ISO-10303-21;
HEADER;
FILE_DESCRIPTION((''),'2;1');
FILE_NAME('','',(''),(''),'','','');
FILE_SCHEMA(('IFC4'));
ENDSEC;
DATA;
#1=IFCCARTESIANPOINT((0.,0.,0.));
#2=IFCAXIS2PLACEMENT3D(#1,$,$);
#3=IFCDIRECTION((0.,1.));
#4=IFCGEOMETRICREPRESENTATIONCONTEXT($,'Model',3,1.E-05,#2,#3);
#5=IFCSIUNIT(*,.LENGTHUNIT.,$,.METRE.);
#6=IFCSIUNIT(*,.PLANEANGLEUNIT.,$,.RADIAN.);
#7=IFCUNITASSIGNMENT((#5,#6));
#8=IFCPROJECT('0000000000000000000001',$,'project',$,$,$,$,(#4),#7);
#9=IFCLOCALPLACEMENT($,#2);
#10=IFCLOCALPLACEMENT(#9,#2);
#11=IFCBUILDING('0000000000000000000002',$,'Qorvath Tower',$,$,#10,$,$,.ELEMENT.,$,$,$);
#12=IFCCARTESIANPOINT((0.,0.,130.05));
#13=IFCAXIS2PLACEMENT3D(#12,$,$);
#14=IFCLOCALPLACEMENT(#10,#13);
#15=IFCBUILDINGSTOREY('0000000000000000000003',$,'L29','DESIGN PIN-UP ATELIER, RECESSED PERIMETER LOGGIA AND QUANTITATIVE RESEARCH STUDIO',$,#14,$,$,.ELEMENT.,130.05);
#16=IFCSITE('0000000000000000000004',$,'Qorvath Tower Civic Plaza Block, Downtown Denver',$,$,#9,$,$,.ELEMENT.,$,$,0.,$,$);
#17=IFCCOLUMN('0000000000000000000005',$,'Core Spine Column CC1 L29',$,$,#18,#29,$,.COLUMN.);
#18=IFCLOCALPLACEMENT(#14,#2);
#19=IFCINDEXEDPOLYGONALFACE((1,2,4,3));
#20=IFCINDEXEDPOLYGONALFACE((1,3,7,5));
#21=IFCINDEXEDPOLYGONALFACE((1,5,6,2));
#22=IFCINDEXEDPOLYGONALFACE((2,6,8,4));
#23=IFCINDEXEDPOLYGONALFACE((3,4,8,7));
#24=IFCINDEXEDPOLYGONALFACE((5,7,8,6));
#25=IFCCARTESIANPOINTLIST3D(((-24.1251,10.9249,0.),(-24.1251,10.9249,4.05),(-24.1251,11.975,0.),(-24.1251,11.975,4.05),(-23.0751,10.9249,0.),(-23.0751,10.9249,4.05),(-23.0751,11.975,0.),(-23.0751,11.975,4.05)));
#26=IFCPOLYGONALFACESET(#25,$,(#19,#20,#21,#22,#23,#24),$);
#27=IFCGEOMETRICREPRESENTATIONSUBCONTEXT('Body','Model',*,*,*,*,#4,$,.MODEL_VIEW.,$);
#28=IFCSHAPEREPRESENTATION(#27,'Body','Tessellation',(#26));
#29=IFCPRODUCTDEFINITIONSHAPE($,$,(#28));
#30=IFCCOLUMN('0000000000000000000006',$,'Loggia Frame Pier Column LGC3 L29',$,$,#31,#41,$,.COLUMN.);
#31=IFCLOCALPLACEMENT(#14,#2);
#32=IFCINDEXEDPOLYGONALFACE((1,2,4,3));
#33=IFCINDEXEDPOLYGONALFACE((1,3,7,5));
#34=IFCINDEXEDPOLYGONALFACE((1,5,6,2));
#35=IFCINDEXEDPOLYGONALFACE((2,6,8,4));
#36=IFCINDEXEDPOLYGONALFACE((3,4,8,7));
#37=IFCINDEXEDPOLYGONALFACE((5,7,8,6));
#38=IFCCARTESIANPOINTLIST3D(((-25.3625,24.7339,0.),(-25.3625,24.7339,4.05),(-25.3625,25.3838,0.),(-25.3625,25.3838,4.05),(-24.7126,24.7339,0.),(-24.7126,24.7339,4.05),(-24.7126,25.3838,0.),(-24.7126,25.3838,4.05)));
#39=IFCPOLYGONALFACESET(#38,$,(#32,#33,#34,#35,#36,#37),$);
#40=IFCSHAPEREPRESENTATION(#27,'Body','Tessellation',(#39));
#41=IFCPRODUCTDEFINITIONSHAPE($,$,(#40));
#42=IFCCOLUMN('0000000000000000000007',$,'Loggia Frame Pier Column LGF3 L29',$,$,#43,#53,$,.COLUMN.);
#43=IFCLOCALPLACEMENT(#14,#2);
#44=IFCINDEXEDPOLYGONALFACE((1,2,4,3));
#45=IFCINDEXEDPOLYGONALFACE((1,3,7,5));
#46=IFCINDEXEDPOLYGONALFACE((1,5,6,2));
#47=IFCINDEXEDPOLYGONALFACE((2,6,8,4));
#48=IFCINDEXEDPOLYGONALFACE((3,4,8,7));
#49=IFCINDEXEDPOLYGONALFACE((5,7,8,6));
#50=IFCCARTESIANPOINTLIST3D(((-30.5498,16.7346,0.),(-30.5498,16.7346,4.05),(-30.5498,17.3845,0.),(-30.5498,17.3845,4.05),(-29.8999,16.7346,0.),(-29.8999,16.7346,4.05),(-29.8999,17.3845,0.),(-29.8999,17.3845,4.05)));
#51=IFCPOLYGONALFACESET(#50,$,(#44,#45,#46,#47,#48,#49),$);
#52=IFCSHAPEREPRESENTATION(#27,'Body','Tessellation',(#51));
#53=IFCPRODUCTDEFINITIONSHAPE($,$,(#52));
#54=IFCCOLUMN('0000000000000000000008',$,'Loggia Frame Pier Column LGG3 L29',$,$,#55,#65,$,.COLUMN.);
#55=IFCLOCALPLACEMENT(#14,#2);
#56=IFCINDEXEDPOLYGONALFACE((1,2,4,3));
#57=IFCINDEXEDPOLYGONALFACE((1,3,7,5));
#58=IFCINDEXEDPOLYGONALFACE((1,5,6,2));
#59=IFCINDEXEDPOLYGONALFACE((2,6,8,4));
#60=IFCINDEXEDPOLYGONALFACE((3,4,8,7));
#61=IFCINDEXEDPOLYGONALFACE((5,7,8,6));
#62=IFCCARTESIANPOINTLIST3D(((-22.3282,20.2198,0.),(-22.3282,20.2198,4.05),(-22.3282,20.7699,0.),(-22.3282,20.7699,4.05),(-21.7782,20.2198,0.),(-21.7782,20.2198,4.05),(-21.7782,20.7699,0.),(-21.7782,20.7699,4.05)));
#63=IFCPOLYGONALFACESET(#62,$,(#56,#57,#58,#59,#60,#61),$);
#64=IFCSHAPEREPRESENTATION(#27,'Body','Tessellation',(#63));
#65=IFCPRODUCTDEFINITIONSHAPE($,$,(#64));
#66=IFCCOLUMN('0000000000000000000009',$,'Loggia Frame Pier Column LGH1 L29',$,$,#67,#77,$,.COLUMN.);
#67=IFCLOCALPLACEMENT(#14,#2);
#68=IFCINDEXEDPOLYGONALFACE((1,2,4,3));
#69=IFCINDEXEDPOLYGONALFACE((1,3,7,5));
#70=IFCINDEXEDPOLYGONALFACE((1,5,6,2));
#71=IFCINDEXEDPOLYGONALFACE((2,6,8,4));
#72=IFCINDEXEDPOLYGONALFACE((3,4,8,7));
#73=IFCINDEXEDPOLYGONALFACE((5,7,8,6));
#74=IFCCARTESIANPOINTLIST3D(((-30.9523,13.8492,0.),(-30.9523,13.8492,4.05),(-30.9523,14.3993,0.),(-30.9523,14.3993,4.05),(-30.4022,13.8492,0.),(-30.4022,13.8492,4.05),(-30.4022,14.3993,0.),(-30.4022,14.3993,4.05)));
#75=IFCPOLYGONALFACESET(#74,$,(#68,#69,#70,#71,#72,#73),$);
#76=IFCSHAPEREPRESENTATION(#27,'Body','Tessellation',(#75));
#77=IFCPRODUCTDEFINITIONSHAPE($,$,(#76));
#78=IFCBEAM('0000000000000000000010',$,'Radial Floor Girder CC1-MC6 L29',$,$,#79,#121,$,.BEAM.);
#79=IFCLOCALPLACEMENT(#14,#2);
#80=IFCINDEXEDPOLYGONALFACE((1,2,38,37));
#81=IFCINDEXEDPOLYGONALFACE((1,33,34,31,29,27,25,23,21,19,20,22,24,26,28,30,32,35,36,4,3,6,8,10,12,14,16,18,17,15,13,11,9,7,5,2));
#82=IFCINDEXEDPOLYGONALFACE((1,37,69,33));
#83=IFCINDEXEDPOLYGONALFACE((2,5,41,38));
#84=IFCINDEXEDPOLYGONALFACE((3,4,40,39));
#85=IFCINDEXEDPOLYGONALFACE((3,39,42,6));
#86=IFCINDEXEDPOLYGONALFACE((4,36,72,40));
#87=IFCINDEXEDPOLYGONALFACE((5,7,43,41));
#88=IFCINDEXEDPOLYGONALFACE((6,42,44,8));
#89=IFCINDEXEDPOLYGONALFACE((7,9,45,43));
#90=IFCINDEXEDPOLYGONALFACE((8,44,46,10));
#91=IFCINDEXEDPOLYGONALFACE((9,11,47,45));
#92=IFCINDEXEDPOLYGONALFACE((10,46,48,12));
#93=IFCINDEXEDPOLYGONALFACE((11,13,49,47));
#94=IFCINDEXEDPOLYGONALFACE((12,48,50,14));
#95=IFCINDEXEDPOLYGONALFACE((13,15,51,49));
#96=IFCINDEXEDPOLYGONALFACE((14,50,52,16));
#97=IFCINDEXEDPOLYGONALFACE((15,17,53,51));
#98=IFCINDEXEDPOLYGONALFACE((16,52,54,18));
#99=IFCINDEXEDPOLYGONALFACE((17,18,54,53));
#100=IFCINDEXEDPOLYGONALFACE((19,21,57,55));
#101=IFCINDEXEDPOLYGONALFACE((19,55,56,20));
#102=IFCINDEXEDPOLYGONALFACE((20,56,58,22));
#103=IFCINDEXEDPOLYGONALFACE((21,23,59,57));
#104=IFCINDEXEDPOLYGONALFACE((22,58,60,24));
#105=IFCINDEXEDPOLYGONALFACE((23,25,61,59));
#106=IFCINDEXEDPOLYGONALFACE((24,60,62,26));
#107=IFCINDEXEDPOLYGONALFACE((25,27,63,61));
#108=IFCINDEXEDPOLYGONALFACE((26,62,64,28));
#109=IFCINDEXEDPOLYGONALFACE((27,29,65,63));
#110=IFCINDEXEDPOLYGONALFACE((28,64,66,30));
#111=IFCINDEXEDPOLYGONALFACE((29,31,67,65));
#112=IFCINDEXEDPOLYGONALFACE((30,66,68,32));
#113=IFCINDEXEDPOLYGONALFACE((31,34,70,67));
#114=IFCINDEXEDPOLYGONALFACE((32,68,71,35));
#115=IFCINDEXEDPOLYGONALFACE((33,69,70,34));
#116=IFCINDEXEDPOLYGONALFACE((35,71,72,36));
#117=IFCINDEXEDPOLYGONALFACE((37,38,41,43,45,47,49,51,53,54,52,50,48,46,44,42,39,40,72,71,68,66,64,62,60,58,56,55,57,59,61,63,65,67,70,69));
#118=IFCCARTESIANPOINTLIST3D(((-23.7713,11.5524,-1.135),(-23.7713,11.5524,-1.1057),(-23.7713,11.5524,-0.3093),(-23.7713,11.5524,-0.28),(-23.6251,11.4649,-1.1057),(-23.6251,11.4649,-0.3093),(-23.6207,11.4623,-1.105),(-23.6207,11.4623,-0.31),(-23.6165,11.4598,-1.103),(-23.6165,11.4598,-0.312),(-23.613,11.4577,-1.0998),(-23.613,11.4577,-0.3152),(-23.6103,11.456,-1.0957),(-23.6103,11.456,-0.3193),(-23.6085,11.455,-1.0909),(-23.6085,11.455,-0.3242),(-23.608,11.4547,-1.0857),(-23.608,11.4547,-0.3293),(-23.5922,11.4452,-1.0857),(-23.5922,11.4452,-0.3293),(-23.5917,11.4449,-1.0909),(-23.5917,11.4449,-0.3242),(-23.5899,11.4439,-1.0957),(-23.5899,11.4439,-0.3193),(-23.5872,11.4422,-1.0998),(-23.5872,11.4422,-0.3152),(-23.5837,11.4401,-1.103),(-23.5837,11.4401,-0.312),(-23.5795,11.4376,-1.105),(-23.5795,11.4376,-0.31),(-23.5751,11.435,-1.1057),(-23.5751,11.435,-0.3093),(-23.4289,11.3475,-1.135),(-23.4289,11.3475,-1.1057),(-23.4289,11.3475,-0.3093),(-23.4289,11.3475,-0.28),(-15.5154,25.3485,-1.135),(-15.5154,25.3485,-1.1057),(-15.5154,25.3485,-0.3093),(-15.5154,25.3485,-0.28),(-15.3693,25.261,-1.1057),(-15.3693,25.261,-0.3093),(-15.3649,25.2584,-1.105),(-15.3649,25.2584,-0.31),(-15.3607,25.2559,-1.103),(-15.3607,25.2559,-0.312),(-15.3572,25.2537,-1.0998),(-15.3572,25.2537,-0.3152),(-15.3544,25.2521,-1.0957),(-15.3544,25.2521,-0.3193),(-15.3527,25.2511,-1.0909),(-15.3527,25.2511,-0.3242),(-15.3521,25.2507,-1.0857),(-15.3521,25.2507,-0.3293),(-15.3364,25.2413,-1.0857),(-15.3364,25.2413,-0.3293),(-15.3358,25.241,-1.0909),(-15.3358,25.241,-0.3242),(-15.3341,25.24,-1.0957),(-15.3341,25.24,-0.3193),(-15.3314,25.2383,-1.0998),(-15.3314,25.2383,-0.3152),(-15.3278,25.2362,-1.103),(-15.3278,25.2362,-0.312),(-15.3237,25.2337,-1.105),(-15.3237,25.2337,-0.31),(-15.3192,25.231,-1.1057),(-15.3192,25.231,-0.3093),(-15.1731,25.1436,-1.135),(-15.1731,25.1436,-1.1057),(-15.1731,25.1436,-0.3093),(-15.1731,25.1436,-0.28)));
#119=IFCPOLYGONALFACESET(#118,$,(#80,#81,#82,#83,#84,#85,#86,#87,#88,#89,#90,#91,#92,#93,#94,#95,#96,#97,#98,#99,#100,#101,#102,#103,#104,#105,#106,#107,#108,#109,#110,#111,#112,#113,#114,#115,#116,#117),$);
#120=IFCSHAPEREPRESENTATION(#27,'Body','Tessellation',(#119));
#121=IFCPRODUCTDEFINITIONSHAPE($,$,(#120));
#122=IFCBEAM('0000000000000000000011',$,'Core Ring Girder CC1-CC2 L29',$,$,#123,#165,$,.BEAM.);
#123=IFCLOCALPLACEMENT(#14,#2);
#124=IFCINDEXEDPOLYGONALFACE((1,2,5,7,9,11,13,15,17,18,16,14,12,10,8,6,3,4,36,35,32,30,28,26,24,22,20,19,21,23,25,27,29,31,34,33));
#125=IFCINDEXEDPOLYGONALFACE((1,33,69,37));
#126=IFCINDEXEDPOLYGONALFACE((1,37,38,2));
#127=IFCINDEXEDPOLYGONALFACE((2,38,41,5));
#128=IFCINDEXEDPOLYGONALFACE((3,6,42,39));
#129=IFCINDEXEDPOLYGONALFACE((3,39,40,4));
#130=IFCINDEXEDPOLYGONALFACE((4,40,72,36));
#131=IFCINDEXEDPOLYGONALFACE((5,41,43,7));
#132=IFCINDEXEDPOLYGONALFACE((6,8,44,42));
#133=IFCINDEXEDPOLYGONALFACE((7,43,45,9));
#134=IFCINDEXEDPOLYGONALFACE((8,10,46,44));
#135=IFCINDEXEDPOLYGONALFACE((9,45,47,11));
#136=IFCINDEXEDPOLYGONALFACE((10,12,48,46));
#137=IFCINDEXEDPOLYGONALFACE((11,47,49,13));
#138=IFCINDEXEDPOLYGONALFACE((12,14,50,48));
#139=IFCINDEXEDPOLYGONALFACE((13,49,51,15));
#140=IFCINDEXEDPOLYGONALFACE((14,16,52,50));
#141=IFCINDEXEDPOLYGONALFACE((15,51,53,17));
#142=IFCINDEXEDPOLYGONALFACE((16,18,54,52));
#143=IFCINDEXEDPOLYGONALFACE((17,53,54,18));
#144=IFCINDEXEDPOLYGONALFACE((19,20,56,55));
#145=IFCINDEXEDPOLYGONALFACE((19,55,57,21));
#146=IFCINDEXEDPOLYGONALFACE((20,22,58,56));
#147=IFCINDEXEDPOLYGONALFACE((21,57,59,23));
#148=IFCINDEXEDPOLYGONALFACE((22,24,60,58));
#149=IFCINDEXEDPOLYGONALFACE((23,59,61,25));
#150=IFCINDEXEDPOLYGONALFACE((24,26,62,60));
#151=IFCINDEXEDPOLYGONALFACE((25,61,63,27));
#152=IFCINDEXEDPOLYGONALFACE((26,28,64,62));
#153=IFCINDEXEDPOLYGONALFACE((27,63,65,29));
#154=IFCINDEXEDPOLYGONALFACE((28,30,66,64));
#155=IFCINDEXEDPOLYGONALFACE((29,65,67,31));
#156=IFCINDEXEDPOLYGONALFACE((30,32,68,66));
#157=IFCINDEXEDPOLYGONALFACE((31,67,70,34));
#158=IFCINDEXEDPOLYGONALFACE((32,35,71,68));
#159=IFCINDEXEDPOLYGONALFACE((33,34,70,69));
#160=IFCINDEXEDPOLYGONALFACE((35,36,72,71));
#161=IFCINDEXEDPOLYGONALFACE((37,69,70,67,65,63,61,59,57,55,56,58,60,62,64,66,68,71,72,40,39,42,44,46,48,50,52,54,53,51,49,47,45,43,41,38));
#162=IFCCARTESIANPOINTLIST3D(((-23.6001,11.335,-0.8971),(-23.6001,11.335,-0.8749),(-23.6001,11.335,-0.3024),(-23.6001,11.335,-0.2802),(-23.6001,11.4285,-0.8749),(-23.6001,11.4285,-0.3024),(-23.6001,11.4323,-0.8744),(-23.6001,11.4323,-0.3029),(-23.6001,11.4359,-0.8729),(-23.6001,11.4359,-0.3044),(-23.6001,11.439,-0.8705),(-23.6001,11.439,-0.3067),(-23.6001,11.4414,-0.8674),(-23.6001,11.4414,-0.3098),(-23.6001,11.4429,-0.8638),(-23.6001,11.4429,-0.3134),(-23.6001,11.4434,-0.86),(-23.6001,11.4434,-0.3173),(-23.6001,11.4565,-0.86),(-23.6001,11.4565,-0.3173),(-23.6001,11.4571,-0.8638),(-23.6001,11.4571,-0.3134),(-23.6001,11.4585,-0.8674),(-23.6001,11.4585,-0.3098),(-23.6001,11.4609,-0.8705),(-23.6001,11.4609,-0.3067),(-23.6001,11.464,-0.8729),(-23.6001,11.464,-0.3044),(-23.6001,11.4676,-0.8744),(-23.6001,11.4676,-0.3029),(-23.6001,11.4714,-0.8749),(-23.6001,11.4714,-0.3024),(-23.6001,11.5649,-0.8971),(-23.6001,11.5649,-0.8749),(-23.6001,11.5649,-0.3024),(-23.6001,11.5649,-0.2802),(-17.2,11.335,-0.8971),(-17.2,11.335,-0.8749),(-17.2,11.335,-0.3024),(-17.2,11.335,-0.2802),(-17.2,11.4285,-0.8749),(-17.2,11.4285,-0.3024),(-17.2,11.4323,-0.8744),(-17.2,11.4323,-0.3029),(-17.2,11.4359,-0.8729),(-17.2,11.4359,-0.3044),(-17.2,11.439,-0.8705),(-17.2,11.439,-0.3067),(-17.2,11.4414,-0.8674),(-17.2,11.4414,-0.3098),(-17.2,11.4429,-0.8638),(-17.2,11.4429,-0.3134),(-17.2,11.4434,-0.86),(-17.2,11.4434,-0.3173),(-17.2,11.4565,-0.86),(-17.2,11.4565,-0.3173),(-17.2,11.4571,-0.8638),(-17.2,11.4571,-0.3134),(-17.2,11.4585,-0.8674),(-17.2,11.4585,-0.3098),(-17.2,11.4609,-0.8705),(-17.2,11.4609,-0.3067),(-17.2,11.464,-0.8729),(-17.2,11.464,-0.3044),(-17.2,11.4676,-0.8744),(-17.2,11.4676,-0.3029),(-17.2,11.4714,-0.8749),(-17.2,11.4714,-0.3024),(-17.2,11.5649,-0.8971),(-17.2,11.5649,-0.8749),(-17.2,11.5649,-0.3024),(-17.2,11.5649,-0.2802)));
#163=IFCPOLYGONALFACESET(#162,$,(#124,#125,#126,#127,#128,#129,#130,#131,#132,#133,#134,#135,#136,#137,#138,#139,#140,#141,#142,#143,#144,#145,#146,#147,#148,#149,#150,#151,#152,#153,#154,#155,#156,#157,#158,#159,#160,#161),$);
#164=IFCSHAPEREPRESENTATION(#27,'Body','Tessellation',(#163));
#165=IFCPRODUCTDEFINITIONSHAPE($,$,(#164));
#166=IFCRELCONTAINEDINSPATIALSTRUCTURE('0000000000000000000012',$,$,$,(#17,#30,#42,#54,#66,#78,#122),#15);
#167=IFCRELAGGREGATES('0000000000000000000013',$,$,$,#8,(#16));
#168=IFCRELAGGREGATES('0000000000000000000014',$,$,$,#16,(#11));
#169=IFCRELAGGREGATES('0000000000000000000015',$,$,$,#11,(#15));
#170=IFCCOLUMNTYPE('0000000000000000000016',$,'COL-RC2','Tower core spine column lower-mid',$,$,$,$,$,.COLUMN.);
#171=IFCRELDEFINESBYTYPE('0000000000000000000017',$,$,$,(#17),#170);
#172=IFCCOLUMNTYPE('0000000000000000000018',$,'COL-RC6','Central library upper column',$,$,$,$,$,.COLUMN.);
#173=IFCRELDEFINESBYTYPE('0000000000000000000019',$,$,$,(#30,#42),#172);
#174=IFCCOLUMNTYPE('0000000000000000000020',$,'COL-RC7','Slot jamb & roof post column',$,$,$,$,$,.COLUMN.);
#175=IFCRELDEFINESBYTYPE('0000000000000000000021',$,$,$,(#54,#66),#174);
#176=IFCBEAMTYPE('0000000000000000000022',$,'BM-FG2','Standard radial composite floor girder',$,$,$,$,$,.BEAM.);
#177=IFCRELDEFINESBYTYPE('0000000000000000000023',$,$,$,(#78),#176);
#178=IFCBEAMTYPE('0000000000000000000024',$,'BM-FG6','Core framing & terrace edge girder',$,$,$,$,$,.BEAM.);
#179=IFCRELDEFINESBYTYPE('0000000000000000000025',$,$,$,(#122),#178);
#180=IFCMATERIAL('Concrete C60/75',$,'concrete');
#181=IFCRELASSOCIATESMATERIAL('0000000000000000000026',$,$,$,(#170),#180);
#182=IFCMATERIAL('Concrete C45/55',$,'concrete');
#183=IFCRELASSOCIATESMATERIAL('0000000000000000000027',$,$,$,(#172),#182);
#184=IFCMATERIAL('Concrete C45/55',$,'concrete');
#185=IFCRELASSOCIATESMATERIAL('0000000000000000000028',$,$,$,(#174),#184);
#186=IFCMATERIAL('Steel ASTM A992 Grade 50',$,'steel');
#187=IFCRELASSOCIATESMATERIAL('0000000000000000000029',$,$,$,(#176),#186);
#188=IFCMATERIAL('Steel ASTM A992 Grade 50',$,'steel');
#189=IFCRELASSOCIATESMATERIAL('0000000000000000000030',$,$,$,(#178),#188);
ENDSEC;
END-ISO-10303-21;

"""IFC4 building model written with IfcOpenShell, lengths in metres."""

from ifc_helpers import new_model, si_unit, direction, frame, origin, origin_2d, place, context, subcontext, project, spatial, rectangle, i_section, extrude, material, material_profile, profile_set, type_object, element, save


model = new_model("IFC4")

# Units and contexts
model_context = context("Model", 3, precision=1e-05, world=origin(), true_north=direction((0.0, 1.0)))
body_context = subcontext(model_context, "Body", "Model", "MODEL_VIEW")
ifc_project = project(units=[si_unit("LENGTHUNIT", "METRE"), si_unit("PLANEANGLEUNIT", "RADIAN")], contexts=[model_context])

# Site, building, storey
site_placement = place(None, origin())
site = spatial("IfcSite", under=ifc_project, at=site_placement, Name="Qorvath Tower Civic Plaza Block, Downtown Denver", CompositionType="ELEMENT", RefElevation=0.0)
building_placement = place(site_placement, origin())
building = spatial("IfcBuilding", under=site, at=building_placement, Name="Qorvath Tower", CompositionType="ELEMENT")
storey_placement = place(building_placement, frame((0.0, 0.0, 130.05)))
storey = spatial("IfcBuildingStorey", under=building, at=storey_placement, Name="L29", Description="DESIGN PIN-UP ATELIER, RECESSED PERIMETER LOGGIA AND QUANTITATIVE RESEARCH STUDIO", CompositionType="ELEMENT", Elevation=130.05)

# Columns
ifc_material_1 = material(Name="Concrete C60/75", Category="concrete")
ifc_material_profile_1 = material_profile(ifc_material_1, rectangle(XDim=1.05, YDim=1.05, at=origin_2d()), Name="RC 1050x1050")
ifc_profile_set_1 = profile_set([ifc_material_profile_1], Name="Concrete C60/75")
column_type_1 = type_object("IfcColumnType", Name="COL-RC2", Description="Tower core spine column lower-mid", PredefinedType="COLUMN", material=ifc_profile_set_1)
column_placement = place(storey_placement, frame((-23.6001, 11.45, 0.0), z_axis=(0.0, 0.0, 1.0), x_axis=(1.0, 0.0, 0.0)))
element("IfcColumn", 1, at=column_placement, inside=storey, type_object=column_type_1, Name="Core Spine Column CC1 L29", PredefinedType="COLUMN", context=body_context, shape_type="SweptSolid", body=[
    extrude(rectangle(XDim=1.05, YDim=1.05, at=origin_2d()), origin(), (0.0, 0.0, 1.0), 4.05),
])
ifc_material_2 = material(Name="Concrete C45/55", Category="concrete")
ifc_material_profile_2 = material_profile(ifc_material_2, rectangle(XDim=0.6499, YDim=0.6499, at=origin_2d()), Name="RC 650x650")
ifc_profile_set_2 = profile_set([ifc_material_profile_2], Name="Concrete C45/55")
column_type_2 = type_object("IfcColumnType", Name="COL-RC6", Description="Central library upper column", PredefinedType="COLUMN", material=ifc_profile_set_2)
for number, where, z_axis, x_axis, name in (
    (2, (-25.0376, 25.0588, 0.0), (0.0, 0.0, 1.0), (1.0, 0.0, 0.0), "Loggia Frame Pier Column LGC3 L29"),
    (3, (-30.2249, 17.0596, 0.0), (0.0, 0.0, 1.0), (1.0, 0.0, 0.0), "Loggia Frame Pier Column LGF3 L29"),
):
    element("IfcColumn", number, at=place(storey_placement, frame(where, z_axis=z_axis, x_axis=x_axis)), inside=storey, type_object=column_type_2, Name=name, PredefinedType="COLUMN", context=body_context, shape_type="SweptSolid", body=[
        extrude(rectangle(XDim=0.6499, YDim=0.6499, at=origin_2d()), origin(), (0.0, 0.0, 1.0), 4.05),
    ])
ifc_material_3 = material(Name="Concrete C45/55", Category="concrete")
ifc_material_profile_3 = material_profile(ifc_material_3, rectangle(XDim=0.55, YDim=0.55, at=origin_2d()), Name="RC 550x550")
ifc_profile_set_3 = profile_set([ifc_material_profile_3], Name="Concrete C45/55")
column_type_3 = type_object("IfcColumnType", Name="COL-RC7", Description="Slot jamb & roof post column", PredefinedType="COLUMN", material=ifc_profile_set_3)
for number, where, z_axis, x_axis, name in (
    (4, (-22.0532, 20.4949, 0.0), (0.0, 0.0, 1.0), (1.0, 0.0, 0.0), "Loggia Frame Pier Column LGG3 L29"),
    (5, (-30.6772, 14.1243, 0.0), (0.0, 0.0, 1.0), (1.0, 0.0, 0.0), "Loggia Frame Pier Column LGH1 L29"),
):
    element("IfcColumn", number, at=place(storey_placement, frame(where, z_axis=z_axis, x_axis=x_axis)), inside=storey, type_object=column_type_3, Name=name, PredefinedType="COLUMN", context=body_context, shape_type="SweptSolid", body=[
        extrude(rectangle(XDim=0.55, YDim=0.55, at=origin_2d()), origin(), (0.0, 0.0, 1.0), 4.05),
    ])

# Beams
ifc_material_4 = material(Name="Steel ASTM A992 Grade 50", Category="steel")
ifc_material_profile_4 = material_profile(ifc_material_4, i_section(OverallWidth=0.3989, OverallDepth=0.855, WebThickness=0.0183, FlangeThickness=0.0293, FilletRadius=0.02, at=origin_2d()), Name="W33x201")
ifc_profile_set_4 = profile_set([ifc_material_profile_4], Name="Steel ASTM A992 Grade 50")
beam_type_1 = type_object("IfcBeamType", Name="BM-FG2", Description="Standard radial composite floor girder", PredefinedType="BEAM", material=ifc_profile_set_4)
beam_1_placement = place(storey_placement, frame((-23.6001, 11.45, -0.7075), z_axis=(0.513497, 0.858091, 0.0), x_axis=(-0.858091, 0.513497, 0.0)))
element("IfcBeam", 6, at=beam_1_placement, inside=storey, type_object=beam_type_1, Name="Radial Floor Girder CC1-MC6 L29", PredefinedType="BEAM", context=body_context, shape_type="SweptSolid", body=[
    extrude(i_section(OverallWidth=0.3989, OverallDepth=0.855, WebThickness=0.0183, FlangeThickness=0.0293, FilletRadius=0.02, at=origin_2d()), origin(), (0.0, 0.0, 1.0), 16.0776),
])
ifc_material_5 = material(Name="Steel ASTM A992 Grade 50", Category="steel")
ifc_material_profile_5 = material_profile(ifc_material_5, i_section(OverallWidth=0.23, OverallDepth=0.6169, WebThickness=0.0132, FlangeThickness=0.0222, FilletRadius=0.0149, at=origin_2d()), Name="W24x94")
ifc_profile_set_5 = profile_set([ifc_material_profile_5], Name="Steel ASTM A992 Grade 50")
beam_type_2 = type_object("IfcBeamType", Name="BM-FG6", Description="Core framing & terrace edge girder", PredefinedType="BEAM", material=ifc_profile_set_5)
beam_2_placement = place(storey_placement, frame((-23.6001, 11.45, -0.5886), z_axis=(1.0, 0.0, 0.0), x_axis=(0.0, 1.0, 0.0)))
element("IfcBeam", 7, at=beam_2_placement, inside=storey, type_object=beam_type_2, Name="Core Ring Girder CC1-CC2 L29", PredefinedType="BEAM", context=body_context, shape_type="SweptSolid", body=[
    extrude(i_section(OverallWidth=0.23, OverallDepth=0.6169, WebThickness=0.0132, FlangeThickness=0.0222, FilletRadius=0.0149, at=origin_2d()), origin(), (0.0, 0.0, 1.0), 6.4001),
])

save(model, "model.ifc")
